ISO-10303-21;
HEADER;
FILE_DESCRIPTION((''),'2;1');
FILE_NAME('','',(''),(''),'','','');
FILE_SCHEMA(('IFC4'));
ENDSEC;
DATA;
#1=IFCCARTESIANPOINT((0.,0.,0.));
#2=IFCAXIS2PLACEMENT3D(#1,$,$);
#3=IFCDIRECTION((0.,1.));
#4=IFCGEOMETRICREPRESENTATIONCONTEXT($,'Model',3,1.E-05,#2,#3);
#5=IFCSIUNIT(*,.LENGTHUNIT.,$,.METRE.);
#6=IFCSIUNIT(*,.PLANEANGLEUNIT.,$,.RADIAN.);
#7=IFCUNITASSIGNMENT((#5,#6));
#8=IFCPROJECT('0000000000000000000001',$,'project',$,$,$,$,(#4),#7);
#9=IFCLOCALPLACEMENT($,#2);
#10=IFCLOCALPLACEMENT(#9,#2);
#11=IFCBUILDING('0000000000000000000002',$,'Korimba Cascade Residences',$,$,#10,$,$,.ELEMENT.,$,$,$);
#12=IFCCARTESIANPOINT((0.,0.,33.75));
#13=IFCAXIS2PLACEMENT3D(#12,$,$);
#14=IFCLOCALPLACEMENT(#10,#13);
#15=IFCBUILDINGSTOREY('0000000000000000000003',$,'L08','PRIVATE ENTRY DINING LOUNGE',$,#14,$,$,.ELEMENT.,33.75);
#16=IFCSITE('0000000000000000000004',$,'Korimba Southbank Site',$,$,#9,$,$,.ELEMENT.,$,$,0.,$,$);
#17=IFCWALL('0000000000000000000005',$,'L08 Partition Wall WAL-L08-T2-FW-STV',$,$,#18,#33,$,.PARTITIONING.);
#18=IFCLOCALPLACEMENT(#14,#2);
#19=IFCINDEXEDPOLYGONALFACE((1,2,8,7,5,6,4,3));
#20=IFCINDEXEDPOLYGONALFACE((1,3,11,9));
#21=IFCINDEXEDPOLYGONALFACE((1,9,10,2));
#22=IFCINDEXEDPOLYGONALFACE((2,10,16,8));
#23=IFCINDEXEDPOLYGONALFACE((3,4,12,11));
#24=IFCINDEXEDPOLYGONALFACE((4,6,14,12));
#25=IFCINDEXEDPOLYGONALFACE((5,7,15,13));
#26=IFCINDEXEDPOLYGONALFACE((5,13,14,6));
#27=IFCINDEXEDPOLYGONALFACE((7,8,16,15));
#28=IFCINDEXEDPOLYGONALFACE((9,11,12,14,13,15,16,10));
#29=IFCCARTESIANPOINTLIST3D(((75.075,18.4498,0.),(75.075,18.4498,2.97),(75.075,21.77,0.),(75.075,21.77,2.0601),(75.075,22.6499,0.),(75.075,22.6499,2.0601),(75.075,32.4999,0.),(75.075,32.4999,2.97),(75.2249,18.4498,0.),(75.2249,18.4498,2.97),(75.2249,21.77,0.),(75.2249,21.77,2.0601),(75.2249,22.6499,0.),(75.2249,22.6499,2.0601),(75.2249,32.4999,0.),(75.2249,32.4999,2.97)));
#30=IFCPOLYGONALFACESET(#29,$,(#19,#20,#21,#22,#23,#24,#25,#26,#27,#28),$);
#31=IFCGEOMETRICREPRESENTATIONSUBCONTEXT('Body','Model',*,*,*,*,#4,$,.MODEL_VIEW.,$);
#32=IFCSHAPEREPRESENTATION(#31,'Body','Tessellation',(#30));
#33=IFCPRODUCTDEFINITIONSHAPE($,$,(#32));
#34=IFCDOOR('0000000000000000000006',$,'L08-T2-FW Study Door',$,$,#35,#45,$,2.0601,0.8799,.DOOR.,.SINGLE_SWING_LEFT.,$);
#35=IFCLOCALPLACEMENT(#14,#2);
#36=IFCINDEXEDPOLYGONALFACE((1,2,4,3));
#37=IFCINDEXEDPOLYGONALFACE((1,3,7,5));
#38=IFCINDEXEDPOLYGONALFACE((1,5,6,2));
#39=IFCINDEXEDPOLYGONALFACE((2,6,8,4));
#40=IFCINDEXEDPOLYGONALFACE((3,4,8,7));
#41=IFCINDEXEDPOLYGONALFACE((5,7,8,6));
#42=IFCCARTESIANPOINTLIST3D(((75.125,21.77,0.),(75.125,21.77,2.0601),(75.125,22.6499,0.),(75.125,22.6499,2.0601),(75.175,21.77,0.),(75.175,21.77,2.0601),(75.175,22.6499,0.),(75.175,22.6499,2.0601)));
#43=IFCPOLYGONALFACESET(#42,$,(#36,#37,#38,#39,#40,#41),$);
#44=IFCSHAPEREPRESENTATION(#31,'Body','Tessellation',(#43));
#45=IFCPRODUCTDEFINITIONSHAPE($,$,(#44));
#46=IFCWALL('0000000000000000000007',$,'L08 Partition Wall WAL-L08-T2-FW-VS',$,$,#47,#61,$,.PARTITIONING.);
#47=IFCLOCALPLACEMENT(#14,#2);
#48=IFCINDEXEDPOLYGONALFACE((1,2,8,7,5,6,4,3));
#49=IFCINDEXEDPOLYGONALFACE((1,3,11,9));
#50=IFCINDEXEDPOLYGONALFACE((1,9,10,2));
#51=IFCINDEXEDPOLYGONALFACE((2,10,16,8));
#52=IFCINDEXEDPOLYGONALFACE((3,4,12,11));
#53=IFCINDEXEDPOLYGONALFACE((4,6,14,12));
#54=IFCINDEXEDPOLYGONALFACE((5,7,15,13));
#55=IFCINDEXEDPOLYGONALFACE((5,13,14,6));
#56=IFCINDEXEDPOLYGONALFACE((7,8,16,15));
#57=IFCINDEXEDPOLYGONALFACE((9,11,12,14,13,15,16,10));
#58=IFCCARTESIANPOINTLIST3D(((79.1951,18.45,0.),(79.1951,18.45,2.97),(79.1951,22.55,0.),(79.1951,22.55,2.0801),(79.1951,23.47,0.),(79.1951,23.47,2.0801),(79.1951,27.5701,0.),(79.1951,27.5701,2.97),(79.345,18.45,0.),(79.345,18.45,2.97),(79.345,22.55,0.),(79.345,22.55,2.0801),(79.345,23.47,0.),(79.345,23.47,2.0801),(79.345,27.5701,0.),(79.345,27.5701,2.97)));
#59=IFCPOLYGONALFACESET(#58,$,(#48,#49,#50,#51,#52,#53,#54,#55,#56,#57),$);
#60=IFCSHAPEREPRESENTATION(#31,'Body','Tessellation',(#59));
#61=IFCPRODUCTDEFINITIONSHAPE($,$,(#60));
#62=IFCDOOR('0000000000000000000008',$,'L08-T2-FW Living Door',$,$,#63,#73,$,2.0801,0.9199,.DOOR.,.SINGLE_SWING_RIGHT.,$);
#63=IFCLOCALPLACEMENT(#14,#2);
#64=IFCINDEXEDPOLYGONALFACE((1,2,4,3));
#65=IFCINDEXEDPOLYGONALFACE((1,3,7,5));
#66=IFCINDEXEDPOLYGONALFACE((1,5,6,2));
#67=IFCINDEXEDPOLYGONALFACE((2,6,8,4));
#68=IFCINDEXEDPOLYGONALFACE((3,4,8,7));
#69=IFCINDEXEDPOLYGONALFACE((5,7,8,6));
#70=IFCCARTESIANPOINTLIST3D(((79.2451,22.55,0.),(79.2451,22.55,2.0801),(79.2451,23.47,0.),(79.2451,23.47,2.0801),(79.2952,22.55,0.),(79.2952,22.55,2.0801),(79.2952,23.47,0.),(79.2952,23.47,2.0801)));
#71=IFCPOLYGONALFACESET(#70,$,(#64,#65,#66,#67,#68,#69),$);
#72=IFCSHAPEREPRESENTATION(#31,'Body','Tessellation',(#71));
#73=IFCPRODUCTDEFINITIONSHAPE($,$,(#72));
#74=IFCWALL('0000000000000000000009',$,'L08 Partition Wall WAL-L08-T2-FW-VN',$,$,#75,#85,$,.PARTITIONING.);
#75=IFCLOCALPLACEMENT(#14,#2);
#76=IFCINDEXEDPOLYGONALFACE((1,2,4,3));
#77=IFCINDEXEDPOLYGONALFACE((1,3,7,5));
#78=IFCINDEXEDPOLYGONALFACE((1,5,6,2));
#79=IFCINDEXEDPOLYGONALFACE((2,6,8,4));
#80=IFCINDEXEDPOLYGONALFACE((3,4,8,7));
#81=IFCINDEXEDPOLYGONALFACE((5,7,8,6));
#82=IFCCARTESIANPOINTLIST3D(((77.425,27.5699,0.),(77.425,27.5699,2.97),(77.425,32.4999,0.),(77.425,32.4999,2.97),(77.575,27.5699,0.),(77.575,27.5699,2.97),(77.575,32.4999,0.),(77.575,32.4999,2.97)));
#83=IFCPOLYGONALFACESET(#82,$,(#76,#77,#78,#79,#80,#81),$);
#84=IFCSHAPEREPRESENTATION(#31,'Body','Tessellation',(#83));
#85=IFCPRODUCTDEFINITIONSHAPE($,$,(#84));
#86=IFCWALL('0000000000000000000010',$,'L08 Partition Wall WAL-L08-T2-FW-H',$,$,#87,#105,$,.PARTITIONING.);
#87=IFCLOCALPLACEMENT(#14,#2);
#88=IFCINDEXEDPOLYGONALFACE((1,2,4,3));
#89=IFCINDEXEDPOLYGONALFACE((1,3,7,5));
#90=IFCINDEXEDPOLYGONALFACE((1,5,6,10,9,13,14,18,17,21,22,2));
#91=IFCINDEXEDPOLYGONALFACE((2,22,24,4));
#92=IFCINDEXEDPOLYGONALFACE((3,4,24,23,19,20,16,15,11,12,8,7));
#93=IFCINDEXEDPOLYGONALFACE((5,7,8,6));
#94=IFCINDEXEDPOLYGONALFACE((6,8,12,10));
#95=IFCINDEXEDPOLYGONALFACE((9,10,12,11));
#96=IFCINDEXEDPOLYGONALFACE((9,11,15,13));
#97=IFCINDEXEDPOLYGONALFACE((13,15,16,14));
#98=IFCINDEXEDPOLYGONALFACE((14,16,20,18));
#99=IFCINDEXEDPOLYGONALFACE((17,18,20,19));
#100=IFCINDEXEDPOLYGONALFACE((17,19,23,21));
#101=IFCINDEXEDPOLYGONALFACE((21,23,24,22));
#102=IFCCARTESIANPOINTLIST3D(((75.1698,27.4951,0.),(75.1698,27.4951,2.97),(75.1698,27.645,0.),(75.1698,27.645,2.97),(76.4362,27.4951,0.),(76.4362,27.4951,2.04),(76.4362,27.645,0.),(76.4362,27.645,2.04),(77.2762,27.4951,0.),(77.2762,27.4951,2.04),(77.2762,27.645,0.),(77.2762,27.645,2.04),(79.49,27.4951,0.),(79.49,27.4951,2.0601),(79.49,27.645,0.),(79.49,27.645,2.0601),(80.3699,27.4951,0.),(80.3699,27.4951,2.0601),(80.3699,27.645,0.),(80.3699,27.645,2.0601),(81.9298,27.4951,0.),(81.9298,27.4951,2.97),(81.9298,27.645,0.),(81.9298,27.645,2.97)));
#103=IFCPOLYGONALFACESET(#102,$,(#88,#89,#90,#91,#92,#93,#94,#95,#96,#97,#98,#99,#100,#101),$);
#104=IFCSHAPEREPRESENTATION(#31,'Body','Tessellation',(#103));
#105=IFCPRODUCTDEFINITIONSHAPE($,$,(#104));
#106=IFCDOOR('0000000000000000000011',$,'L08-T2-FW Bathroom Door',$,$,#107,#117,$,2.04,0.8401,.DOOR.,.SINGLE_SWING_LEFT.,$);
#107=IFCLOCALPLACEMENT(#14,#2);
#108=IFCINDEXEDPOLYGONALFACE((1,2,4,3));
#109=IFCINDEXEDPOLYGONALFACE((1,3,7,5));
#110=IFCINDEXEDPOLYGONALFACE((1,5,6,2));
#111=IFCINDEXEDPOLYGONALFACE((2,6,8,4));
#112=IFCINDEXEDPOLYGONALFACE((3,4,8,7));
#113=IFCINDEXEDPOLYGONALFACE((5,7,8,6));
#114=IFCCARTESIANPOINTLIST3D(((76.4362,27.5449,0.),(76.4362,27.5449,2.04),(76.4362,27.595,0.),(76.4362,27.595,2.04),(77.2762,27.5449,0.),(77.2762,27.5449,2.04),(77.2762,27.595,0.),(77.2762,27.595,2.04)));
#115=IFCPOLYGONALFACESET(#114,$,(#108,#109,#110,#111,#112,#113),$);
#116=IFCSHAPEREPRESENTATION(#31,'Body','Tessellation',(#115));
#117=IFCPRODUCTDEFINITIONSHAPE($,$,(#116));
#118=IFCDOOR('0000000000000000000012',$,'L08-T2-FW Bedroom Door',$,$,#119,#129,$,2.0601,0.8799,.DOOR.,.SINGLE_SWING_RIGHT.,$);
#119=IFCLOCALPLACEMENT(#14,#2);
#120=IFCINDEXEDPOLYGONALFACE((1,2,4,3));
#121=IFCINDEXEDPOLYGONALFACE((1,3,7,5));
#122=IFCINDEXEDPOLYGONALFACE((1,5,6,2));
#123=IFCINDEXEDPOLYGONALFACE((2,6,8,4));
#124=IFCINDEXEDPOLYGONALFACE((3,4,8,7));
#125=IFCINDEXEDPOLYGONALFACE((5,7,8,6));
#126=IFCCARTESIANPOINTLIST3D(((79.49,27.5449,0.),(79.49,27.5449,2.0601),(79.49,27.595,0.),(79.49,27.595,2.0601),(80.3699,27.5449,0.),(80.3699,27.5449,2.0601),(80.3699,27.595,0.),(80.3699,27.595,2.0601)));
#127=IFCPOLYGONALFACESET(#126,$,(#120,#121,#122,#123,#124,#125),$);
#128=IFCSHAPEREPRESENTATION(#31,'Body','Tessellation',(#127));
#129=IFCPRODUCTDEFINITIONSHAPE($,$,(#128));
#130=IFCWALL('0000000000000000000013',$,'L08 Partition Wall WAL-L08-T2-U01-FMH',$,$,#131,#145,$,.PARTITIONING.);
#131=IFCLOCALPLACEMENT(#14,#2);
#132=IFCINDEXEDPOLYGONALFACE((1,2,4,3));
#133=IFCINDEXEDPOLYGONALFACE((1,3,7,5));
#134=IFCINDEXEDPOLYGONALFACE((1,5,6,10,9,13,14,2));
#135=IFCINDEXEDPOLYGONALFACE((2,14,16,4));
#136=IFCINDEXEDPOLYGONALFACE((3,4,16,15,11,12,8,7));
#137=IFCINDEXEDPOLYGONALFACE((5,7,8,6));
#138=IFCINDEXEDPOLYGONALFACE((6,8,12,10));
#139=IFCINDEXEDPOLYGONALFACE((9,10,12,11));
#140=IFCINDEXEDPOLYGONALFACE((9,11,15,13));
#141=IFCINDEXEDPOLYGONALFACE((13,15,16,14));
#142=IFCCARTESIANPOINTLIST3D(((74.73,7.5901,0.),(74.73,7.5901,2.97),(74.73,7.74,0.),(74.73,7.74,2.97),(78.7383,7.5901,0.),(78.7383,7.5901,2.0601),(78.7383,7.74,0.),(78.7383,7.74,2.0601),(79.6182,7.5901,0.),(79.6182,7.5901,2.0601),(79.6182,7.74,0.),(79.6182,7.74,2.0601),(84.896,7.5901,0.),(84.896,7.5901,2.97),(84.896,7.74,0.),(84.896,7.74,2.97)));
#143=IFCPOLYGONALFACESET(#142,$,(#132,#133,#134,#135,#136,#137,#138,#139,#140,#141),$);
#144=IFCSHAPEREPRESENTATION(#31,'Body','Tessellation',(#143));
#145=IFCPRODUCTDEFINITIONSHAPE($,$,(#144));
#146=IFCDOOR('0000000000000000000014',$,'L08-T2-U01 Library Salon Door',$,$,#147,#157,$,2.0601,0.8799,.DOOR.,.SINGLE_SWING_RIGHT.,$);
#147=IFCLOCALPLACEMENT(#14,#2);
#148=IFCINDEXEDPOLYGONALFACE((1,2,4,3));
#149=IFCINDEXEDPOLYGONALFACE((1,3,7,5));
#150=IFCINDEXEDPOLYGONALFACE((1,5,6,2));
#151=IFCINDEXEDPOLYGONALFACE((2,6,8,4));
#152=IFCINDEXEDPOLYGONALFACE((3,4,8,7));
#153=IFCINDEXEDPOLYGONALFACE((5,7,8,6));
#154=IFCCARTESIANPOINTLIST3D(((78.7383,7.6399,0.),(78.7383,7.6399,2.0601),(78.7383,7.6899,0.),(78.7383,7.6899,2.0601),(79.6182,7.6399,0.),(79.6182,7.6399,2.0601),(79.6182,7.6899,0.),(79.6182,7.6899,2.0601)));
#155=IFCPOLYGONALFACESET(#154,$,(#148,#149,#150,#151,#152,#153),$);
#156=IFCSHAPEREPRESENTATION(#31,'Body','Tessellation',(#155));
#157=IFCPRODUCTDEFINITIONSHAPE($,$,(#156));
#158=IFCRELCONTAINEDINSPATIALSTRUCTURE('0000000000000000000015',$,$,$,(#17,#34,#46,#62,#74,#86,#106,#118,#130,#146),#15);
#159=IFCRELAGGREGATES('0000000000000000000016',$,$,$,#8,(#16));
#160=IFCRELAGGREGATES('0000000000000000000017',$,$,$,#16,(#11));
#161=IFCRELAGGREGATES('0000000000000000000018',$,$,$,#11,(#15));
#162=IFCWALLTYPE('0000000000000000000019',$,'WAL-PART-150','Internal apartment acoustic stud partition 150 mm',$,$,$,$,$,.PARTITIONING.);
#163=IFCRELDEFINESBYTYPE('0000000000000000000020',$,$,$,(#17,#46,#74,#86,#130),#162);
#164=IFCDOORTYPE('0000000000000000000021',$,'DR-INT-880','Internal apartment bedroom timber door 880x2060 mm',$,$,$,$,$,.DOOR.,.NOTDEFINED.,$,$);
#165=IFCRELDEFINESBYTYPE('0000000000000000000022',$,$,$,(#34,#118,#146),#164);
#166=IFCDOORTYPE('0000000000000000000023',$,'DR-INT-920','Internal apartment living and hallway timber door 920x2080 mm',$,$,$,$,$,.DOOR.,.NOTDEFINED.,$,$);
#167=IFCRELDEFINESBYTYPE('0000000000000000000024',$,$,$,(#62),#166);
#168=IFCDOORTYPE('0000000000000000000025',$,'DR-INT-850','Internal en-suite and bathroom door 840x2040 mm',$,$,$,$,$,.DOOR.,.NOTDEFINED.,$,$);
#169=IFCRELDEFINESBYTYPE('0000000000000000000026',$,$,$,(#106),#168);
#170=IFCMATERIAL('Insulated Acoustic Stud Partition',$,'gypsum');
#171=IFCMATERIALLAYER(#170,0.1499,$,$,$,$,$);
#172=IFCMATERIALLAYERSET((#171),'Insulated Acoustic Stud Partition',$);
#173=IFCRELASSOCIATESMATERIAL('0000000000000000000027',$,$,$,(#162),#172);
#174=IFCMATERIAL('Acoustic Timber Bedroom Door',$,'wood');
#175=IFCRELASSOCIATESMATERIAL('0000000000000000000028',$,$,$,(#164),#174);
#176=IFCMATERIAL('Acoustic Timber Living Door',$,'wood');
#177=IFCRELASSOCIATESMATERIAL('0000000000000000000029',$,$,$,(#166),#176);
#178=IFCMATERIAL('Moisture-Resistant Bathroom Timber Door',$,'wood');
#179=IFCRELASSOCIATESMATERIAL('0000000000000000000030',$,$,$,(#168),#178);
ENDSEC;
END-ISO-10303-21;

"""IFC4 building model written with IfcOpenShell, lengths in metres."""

from ifc_helpers import new_model, si_unit, direction, frame, frame_2d, origin, place, context, subcontext, project, spatial, rectangle, extrude, material, layer, layer_set, type_object, element, fill, save


model = new_model("IFC4")

# Units and contexts
model_context = context("Model", 3, precision=1e-05, world=origin(), true_north=direction((0.0, 1.0)))
body_context = subcontext(model_context, "Body", "Model", "MODEL_VIEW")
ifc_project = project(units=[si_unit("LENGTHUNIT", "METRE"), si_unit("PLANEANGLEUNIT", "RADIAN")], contexts=[model_context])

# Site, building, storey
site_placement = place(None, origin())
site = spatial("IfcSite", under=ifc_project, at=site_placement, Name="Korimba Southbank Site", CompositionType="ELEMENT", RefElevation=0.0)
building_placement = place(site_placement, origin())
building = spatial("IfcBuilding", under=site, at=building_placement, Name="Korimba Cascade Residences", CompositionType="ELEMENT")
storey_placement = place(building_placement, frame((0.0, 0.0, 33.75)))
storey = spatial("IfcBuildingStorey", under=building, at=storey_placement, Name="L08", Description="PRIVATE ENTRY DINING LOUNGE", CompositionType="ELEMENT", Elevation=33.75)

# Shared definitions
ifc_material_1 = material(Name="Insulated Acoustic Stud Partition", Category="gypsum")
ifc_layer_1 = layer(ifc_material_1, 0.1499)
ifc_layer_set_1 = layer_set([ifc_layer_1], Name="Insulated Acoustic Stud Partition")
wall_type_1 = type_object("IfcWallType", Name="WAL-PART-150", Description="Internal apartment acoustic stud partition 150 mm", PredefinedType="PARTITIONING", material=ifc_layer_set_1)

# Walls, openings, doors
wall_1_placement = place(storey_placement, frame((75.1499, 18.45, 0.0), z_axis=(0.0, 0.0, 1.0), x_axis=(0.0, 1.0, 0.0)))
wall_1 = element("IfcWall", 1, at=wall_1_placement, inside=storey, type_object=wall_type_1, Name="L08 Partition Wall WAL-L08-T2-FW-STV", PredefinedType="PARTITIONING", context=body_context, shape_type="SweptSolid", body=[
    extrude(rectangle(XDim=14.05, YDim=0.1499, at=frame_2d((7.0249, 0.0))), origin(), (0.0, 0.0, 1.0), 2.97),
])
opening_1_placement = place(wall_1_placement, frame((3.3201, 0.0, 0.0)))
opening_1 = element("IfcOpeningElement", 2, at=opening_1_placement, cuts=wall_1, PredefinedType="OPENING", context=body_context, shape_type="SweptSolid", body=[
    extrude(rectangle(XDim=0.8799, YDim=2.0601, at=frame_2d((0.4399, 1.03))), frame((0.0, 0.085, 0.0), z_axis=(0.0, -1.0, 0.0), x_axis=(1.0, 0.0, 0.0)), (0.0, 0.0, 1.0), 0.1699),
])
ifc_material_2 = material(Name="Acoustic Timber Bedroom Door", Category="wood")
door_type_1 = type_object("IfcDoorType", Name="DR-INT-880", Description="Internal apartment bedroom timber door 880x2060 mm", OperationType="NOTDEFINED", PredefinedType="DOOR", material=ifc_material_2)
door_1_placement = place(opening_1_placement, origin())
door_1 = element("IfcDoor", 3, at=door_1_placement, inside=storey, type_object=door_type_1, Name="L08-T2-FW Study Door", OperationType="SINGLE_SWING_LEFT", OverallHeight=2.0601, OverallWidth=0.8799, PredefinedType="DOOR", context=body_context, shape_type="SweptSolid", body=[
    extrude(rectangle(XDim=0.8799, YDim=2.0601, at=frame_2d((0.4399, 1.03))), frame((0.0, 0.0249, 0.0), z_axis=(0.0, -1.0, 0.0), x_axis=(1.0, 0.0, 0.0)), (0.0, 0.0, 1.0), 0.05),
])
fill(opening_1, door_1)
wall_2_placement = place(storey_placement, frame((79.27, 18.45, 0.0), z_axis=(0.0, 0.0, 1.0), x_axis=(0.0, 1.0, 0.0)))
wall_2 = element("IfcWall", 4, at=wall_2_placement, inside=storey, type_object=wall_type_1, Name="L08 Partition Wall WAL-L08-T2-FW-VS", PredefinedType="PARTITIONING", context=body_context, shape_type="SweptSolid", body=[
    extrude(rectangle(XDim=9.1201, YDim=0.1499, at=frame_2d((4.5601, 0.0))), origin(), (0.0, 0.0, 1.0), 2.97),
])
opening_2_placement = place(wall_2_placement, frame((4.1001, 0.0, 0.0)))
opening_2 = element("IfcOpeningElement", 5, at=opening_2_placement, cuts=wall_2, PredefinedType="OPENING", context=body_context, shape_type="SweptSolid", body=[
    extrude(rectangle(XDim=0.9199, YDim=2.0801, at=frame_2d((0.46, 1.04))), frame((0.0, 0.085, 0.0), z_axis=(0.0, -1.0, 0.0), x_axis=(1.0, 0.0, 0.0)), (0.0, 0.0, 1.0), 0.1699),
])
ifc_material_3 = material(Name="Acoustic Timber Living Door", Category="wood")
door_type_2 = type_object("IfcDoorType", Name="DR-INT-920", Description="Internal apartment living and hallway timber door 920x2080 mm", OperationType="NOTDEFINED", PredefinedType="DOOR", material=ifc_material_3)
door_2_placement = place(opening_2_placement, origin())
door_2 = element("IfcDoor", 6, at=door_2_placement, inside=storey, type_object=door_type_2, Name="L08-T2-FW Living Door", OperationType="SINGLE_SWING_RIGHT", OverallHeight=2.0801, OverallWidth=0.9199, PredefinedType="DOOR", context=body_context, shape_type="SweptSolid", body=[
    extrude(rectangle(XDim=0.9199, YDim=2.0801, at=frame_2d((0.46, 1.04))), frame((0.0, 0.0249, 0.0), z_axis=(0.0, -1.0, 0.0), x_axis=(1.0, 0.0, 0.0)), (0.0, 0.0, 1.0), 0.05),
])
fill(opening_2, door_2)

# Wall
wall_3_placement = place(storey_placement, frame((77.5, 27.5701, 0.0), z_axis=(0.0, 0.0, 1.0), x_axis=(0.0, 1.0, 0.0)))
element("IfcWall", 7, at=wall_3_placement, inside=storey, type_object=wall_type_1, Name="L08 Partition Wall WAL-L08-T2-FW-VN", PredefinedType="PARTITIONING", context=body_context, shape_type="SweptSolid", body=[
    extrude(rectangle(XDim=4.9299, YDim=0.1499, at=frame_2d((2.4648, 0.0))), origin(), (0.0, 0.0, 1.0), 2.97),
])

# Wall, openings, doors
wall_4_placement = place(storey_placement, frame((75.1699, 27.5701, 0.0), z_axis=(0.0, 0.0, 1.0), x_axis=(1.0, 0.0, 0.0)))
wall_4 = element("IfcWall", 8, at=wall_4_placement, inside=storey, type_object=wall_type_1, Name="L08 Partition Wall WAL-L08-T2-FW-H", PredefinedType="PARTITIONING", context=body_context, shape_type="SweptSolid", body=[
    extrude(rectangle(XDim=6.76, YDim=0.1499, at=frame_2d((3.3799, 0.0))), origin(), (0.0, 0.0, 1.0), 2.97),
])
opening_3_placement = place(wall_4_placement, frame((1.2664, 0.0, 0.0)))
opening_3 = element("IfcOpeningElement", 9, at=opening_3_placement, cuts=wall_4, PredefinedType="OPENING", context=body_context, shape_type="SweptSolid", body=[
    extrude(rectangle(XDim=0.8401, YDim=2.04, at=frame_2d((0.4199, 1.02))), frame((0.0, 0.085, 0.0), z_axis=(0.0, -1.0, 0.0), x_axis=(1.0, 0.0, 0.0)), (0.0, 0.0, 1.0), 0.1699),
])
opening_4_placement = place(wall_4_placement, frame((4.3201, 0.0, 0.0)))
opening_4 = element("IfcOpeningElement", 10, at=opening_4_placement, cuts=wall_4, PredefinedType="OPENING", context=body_context, shape_type="SweptSolid", body=[
    extrude(rectangle(XDim=0.8799, YDim=2.0601, at=frame_2d((0.4399, 1.03))), frame((0.0, 0.085, 0.0), z_axis=(0.0, -1.0, 0.0), x_axis=(1.0, 0.0, 0.0)), (0.0, 0.0, 1.0), 0.1699),
])
ifc_material_4 = material(Name="Moisture-Resistant Bathroom Timber Door", Category="wood")
door_type_3 = type_object("IfcDoorType", Name="DR-INT-850", Description="Internal en-suite and bathroom door 840x2040 mm", OperationType="NOTDEFINED", PredefinedType="DOOR", material=ifc_material_4)
door_3_placement = place(opening_3_placement, origin())
door_3 = element("IfcDoor", 11, at=door_3_placement, inside=storey, type_object=door_type_3, Name="L08-T2-FW Bathroom Door", OperationType="SINGLE_SWING_LEFT", OverallHeight=2.04, OverallWidth=0.8401, PredefinedType="DOOR", context=body_context, shape_type="SweptSolid", body=[
    extrude(rectangle(XDim=0.8401, YDim=2.04, at=frame_2d((0.4199, 1.02))), frame((0.0, 0.0249, 0.0), z_axis=(0.0, -1.0, 0.0), x_axis=(1.0, 0.0, 0.0)), (0.0, 0.0, 1.0), 0.05),
])
fill(opening_3, door_3)
door_4_placement = place(opening_4_placement, origin())
door_4 = element("IfcDoor", 12, at=door_4_placement, inside=storey, type_object=door_type_1, Name="L08-T2-FW Bedroom Door", OperationType="SINGLE_SWING_RIGHT", OverallHeight=2.0601, OverallWidth=0.8799, PredefinedType="DOOR", context=body_context, shape_type="SweptSolid", body=[
    extrude(rectangle(XDim=0.8799, YDim=2.0601, at=frame_2d((0.4399, 1.03))), frame((0.0, 0.0249, 0.0), z_axis=(0.0, -1.0, 0.0), x_axis=(1.0, 0.0, 0.0)), (0.0, 0.0, 1.0), 0.05),
])
fill(opening_4, door_4)

# Wall, opening, door
wall_5_placement = place(storey_placement, frame((74.73, 7.665, 0.0), z_axis=(0.0, 0.0, 1.0), x_axis=(1.0, 0.0, 0.0)))
wall_5 = element("IfcWall", 13, at=wall_5_placement, inside=storey, type_object=wall_type_1, Name="L08 Partition Wall WAL-L08-T2-U01-FMH", PredefinedType="PARTITIONING", context=body_context, shape_type="SweptSolid", body=[
    extrude(rectangle(XDim=10.166, YDim=0.1499, at=frame_2d((5.083, 0.0))), origin(), (0.0, 0.0, 1.0), 2.97),
])
opening_5_placement = place(wall_5_placement, frame((4.0083, 0.0, 0.0)))
opening_5 = element("IfcOpeningElement", 14, at=opening_5_placement, cuts=wall_5, PredefinedType="OPENING", context=body_context, shape_type="SweptSolid", body=[
    extrude(rectangle(XDim=0.8799, YDim=2.0601, at=frame_2d((0.4399, 1.03))), frame((0.0, 0.085, 0.0), z_axis=(0.0, -1.0, 0.0), x_axis=(1.0, 0.0, 0.0)), (0.0, 0.0, 1.0), 0.1699),
])
door_5_placement = place(opening_5_placement, origin())
door_5 = element("IfcDoor", 15, at=door_5_placement, inside=storey, type_object=door_type_1, Name="L08-T2-U01 Library Salon Door", OperationType="SINGLE_SWING_RIGHT", OverallHeight=2.0601, OverallWidth=0.8799, PredefinedType="DOOR", context=body_context, shape_type="SweptSolid", body=[
    extrude(rectangle(XDim=0.8799, YDim=2.0601, at=frame_2d((0.4399, 1.03))), frame((0.0, 0.0249, 0.0), z_axis=(0.0, -1.0, 0.0), x_axis=(1.0, 0.0, 0.0)), (0.0, 0.0, 1.0), 0.05),
])
fill(opening_5, door_5)

save(model, "model.ifc")
